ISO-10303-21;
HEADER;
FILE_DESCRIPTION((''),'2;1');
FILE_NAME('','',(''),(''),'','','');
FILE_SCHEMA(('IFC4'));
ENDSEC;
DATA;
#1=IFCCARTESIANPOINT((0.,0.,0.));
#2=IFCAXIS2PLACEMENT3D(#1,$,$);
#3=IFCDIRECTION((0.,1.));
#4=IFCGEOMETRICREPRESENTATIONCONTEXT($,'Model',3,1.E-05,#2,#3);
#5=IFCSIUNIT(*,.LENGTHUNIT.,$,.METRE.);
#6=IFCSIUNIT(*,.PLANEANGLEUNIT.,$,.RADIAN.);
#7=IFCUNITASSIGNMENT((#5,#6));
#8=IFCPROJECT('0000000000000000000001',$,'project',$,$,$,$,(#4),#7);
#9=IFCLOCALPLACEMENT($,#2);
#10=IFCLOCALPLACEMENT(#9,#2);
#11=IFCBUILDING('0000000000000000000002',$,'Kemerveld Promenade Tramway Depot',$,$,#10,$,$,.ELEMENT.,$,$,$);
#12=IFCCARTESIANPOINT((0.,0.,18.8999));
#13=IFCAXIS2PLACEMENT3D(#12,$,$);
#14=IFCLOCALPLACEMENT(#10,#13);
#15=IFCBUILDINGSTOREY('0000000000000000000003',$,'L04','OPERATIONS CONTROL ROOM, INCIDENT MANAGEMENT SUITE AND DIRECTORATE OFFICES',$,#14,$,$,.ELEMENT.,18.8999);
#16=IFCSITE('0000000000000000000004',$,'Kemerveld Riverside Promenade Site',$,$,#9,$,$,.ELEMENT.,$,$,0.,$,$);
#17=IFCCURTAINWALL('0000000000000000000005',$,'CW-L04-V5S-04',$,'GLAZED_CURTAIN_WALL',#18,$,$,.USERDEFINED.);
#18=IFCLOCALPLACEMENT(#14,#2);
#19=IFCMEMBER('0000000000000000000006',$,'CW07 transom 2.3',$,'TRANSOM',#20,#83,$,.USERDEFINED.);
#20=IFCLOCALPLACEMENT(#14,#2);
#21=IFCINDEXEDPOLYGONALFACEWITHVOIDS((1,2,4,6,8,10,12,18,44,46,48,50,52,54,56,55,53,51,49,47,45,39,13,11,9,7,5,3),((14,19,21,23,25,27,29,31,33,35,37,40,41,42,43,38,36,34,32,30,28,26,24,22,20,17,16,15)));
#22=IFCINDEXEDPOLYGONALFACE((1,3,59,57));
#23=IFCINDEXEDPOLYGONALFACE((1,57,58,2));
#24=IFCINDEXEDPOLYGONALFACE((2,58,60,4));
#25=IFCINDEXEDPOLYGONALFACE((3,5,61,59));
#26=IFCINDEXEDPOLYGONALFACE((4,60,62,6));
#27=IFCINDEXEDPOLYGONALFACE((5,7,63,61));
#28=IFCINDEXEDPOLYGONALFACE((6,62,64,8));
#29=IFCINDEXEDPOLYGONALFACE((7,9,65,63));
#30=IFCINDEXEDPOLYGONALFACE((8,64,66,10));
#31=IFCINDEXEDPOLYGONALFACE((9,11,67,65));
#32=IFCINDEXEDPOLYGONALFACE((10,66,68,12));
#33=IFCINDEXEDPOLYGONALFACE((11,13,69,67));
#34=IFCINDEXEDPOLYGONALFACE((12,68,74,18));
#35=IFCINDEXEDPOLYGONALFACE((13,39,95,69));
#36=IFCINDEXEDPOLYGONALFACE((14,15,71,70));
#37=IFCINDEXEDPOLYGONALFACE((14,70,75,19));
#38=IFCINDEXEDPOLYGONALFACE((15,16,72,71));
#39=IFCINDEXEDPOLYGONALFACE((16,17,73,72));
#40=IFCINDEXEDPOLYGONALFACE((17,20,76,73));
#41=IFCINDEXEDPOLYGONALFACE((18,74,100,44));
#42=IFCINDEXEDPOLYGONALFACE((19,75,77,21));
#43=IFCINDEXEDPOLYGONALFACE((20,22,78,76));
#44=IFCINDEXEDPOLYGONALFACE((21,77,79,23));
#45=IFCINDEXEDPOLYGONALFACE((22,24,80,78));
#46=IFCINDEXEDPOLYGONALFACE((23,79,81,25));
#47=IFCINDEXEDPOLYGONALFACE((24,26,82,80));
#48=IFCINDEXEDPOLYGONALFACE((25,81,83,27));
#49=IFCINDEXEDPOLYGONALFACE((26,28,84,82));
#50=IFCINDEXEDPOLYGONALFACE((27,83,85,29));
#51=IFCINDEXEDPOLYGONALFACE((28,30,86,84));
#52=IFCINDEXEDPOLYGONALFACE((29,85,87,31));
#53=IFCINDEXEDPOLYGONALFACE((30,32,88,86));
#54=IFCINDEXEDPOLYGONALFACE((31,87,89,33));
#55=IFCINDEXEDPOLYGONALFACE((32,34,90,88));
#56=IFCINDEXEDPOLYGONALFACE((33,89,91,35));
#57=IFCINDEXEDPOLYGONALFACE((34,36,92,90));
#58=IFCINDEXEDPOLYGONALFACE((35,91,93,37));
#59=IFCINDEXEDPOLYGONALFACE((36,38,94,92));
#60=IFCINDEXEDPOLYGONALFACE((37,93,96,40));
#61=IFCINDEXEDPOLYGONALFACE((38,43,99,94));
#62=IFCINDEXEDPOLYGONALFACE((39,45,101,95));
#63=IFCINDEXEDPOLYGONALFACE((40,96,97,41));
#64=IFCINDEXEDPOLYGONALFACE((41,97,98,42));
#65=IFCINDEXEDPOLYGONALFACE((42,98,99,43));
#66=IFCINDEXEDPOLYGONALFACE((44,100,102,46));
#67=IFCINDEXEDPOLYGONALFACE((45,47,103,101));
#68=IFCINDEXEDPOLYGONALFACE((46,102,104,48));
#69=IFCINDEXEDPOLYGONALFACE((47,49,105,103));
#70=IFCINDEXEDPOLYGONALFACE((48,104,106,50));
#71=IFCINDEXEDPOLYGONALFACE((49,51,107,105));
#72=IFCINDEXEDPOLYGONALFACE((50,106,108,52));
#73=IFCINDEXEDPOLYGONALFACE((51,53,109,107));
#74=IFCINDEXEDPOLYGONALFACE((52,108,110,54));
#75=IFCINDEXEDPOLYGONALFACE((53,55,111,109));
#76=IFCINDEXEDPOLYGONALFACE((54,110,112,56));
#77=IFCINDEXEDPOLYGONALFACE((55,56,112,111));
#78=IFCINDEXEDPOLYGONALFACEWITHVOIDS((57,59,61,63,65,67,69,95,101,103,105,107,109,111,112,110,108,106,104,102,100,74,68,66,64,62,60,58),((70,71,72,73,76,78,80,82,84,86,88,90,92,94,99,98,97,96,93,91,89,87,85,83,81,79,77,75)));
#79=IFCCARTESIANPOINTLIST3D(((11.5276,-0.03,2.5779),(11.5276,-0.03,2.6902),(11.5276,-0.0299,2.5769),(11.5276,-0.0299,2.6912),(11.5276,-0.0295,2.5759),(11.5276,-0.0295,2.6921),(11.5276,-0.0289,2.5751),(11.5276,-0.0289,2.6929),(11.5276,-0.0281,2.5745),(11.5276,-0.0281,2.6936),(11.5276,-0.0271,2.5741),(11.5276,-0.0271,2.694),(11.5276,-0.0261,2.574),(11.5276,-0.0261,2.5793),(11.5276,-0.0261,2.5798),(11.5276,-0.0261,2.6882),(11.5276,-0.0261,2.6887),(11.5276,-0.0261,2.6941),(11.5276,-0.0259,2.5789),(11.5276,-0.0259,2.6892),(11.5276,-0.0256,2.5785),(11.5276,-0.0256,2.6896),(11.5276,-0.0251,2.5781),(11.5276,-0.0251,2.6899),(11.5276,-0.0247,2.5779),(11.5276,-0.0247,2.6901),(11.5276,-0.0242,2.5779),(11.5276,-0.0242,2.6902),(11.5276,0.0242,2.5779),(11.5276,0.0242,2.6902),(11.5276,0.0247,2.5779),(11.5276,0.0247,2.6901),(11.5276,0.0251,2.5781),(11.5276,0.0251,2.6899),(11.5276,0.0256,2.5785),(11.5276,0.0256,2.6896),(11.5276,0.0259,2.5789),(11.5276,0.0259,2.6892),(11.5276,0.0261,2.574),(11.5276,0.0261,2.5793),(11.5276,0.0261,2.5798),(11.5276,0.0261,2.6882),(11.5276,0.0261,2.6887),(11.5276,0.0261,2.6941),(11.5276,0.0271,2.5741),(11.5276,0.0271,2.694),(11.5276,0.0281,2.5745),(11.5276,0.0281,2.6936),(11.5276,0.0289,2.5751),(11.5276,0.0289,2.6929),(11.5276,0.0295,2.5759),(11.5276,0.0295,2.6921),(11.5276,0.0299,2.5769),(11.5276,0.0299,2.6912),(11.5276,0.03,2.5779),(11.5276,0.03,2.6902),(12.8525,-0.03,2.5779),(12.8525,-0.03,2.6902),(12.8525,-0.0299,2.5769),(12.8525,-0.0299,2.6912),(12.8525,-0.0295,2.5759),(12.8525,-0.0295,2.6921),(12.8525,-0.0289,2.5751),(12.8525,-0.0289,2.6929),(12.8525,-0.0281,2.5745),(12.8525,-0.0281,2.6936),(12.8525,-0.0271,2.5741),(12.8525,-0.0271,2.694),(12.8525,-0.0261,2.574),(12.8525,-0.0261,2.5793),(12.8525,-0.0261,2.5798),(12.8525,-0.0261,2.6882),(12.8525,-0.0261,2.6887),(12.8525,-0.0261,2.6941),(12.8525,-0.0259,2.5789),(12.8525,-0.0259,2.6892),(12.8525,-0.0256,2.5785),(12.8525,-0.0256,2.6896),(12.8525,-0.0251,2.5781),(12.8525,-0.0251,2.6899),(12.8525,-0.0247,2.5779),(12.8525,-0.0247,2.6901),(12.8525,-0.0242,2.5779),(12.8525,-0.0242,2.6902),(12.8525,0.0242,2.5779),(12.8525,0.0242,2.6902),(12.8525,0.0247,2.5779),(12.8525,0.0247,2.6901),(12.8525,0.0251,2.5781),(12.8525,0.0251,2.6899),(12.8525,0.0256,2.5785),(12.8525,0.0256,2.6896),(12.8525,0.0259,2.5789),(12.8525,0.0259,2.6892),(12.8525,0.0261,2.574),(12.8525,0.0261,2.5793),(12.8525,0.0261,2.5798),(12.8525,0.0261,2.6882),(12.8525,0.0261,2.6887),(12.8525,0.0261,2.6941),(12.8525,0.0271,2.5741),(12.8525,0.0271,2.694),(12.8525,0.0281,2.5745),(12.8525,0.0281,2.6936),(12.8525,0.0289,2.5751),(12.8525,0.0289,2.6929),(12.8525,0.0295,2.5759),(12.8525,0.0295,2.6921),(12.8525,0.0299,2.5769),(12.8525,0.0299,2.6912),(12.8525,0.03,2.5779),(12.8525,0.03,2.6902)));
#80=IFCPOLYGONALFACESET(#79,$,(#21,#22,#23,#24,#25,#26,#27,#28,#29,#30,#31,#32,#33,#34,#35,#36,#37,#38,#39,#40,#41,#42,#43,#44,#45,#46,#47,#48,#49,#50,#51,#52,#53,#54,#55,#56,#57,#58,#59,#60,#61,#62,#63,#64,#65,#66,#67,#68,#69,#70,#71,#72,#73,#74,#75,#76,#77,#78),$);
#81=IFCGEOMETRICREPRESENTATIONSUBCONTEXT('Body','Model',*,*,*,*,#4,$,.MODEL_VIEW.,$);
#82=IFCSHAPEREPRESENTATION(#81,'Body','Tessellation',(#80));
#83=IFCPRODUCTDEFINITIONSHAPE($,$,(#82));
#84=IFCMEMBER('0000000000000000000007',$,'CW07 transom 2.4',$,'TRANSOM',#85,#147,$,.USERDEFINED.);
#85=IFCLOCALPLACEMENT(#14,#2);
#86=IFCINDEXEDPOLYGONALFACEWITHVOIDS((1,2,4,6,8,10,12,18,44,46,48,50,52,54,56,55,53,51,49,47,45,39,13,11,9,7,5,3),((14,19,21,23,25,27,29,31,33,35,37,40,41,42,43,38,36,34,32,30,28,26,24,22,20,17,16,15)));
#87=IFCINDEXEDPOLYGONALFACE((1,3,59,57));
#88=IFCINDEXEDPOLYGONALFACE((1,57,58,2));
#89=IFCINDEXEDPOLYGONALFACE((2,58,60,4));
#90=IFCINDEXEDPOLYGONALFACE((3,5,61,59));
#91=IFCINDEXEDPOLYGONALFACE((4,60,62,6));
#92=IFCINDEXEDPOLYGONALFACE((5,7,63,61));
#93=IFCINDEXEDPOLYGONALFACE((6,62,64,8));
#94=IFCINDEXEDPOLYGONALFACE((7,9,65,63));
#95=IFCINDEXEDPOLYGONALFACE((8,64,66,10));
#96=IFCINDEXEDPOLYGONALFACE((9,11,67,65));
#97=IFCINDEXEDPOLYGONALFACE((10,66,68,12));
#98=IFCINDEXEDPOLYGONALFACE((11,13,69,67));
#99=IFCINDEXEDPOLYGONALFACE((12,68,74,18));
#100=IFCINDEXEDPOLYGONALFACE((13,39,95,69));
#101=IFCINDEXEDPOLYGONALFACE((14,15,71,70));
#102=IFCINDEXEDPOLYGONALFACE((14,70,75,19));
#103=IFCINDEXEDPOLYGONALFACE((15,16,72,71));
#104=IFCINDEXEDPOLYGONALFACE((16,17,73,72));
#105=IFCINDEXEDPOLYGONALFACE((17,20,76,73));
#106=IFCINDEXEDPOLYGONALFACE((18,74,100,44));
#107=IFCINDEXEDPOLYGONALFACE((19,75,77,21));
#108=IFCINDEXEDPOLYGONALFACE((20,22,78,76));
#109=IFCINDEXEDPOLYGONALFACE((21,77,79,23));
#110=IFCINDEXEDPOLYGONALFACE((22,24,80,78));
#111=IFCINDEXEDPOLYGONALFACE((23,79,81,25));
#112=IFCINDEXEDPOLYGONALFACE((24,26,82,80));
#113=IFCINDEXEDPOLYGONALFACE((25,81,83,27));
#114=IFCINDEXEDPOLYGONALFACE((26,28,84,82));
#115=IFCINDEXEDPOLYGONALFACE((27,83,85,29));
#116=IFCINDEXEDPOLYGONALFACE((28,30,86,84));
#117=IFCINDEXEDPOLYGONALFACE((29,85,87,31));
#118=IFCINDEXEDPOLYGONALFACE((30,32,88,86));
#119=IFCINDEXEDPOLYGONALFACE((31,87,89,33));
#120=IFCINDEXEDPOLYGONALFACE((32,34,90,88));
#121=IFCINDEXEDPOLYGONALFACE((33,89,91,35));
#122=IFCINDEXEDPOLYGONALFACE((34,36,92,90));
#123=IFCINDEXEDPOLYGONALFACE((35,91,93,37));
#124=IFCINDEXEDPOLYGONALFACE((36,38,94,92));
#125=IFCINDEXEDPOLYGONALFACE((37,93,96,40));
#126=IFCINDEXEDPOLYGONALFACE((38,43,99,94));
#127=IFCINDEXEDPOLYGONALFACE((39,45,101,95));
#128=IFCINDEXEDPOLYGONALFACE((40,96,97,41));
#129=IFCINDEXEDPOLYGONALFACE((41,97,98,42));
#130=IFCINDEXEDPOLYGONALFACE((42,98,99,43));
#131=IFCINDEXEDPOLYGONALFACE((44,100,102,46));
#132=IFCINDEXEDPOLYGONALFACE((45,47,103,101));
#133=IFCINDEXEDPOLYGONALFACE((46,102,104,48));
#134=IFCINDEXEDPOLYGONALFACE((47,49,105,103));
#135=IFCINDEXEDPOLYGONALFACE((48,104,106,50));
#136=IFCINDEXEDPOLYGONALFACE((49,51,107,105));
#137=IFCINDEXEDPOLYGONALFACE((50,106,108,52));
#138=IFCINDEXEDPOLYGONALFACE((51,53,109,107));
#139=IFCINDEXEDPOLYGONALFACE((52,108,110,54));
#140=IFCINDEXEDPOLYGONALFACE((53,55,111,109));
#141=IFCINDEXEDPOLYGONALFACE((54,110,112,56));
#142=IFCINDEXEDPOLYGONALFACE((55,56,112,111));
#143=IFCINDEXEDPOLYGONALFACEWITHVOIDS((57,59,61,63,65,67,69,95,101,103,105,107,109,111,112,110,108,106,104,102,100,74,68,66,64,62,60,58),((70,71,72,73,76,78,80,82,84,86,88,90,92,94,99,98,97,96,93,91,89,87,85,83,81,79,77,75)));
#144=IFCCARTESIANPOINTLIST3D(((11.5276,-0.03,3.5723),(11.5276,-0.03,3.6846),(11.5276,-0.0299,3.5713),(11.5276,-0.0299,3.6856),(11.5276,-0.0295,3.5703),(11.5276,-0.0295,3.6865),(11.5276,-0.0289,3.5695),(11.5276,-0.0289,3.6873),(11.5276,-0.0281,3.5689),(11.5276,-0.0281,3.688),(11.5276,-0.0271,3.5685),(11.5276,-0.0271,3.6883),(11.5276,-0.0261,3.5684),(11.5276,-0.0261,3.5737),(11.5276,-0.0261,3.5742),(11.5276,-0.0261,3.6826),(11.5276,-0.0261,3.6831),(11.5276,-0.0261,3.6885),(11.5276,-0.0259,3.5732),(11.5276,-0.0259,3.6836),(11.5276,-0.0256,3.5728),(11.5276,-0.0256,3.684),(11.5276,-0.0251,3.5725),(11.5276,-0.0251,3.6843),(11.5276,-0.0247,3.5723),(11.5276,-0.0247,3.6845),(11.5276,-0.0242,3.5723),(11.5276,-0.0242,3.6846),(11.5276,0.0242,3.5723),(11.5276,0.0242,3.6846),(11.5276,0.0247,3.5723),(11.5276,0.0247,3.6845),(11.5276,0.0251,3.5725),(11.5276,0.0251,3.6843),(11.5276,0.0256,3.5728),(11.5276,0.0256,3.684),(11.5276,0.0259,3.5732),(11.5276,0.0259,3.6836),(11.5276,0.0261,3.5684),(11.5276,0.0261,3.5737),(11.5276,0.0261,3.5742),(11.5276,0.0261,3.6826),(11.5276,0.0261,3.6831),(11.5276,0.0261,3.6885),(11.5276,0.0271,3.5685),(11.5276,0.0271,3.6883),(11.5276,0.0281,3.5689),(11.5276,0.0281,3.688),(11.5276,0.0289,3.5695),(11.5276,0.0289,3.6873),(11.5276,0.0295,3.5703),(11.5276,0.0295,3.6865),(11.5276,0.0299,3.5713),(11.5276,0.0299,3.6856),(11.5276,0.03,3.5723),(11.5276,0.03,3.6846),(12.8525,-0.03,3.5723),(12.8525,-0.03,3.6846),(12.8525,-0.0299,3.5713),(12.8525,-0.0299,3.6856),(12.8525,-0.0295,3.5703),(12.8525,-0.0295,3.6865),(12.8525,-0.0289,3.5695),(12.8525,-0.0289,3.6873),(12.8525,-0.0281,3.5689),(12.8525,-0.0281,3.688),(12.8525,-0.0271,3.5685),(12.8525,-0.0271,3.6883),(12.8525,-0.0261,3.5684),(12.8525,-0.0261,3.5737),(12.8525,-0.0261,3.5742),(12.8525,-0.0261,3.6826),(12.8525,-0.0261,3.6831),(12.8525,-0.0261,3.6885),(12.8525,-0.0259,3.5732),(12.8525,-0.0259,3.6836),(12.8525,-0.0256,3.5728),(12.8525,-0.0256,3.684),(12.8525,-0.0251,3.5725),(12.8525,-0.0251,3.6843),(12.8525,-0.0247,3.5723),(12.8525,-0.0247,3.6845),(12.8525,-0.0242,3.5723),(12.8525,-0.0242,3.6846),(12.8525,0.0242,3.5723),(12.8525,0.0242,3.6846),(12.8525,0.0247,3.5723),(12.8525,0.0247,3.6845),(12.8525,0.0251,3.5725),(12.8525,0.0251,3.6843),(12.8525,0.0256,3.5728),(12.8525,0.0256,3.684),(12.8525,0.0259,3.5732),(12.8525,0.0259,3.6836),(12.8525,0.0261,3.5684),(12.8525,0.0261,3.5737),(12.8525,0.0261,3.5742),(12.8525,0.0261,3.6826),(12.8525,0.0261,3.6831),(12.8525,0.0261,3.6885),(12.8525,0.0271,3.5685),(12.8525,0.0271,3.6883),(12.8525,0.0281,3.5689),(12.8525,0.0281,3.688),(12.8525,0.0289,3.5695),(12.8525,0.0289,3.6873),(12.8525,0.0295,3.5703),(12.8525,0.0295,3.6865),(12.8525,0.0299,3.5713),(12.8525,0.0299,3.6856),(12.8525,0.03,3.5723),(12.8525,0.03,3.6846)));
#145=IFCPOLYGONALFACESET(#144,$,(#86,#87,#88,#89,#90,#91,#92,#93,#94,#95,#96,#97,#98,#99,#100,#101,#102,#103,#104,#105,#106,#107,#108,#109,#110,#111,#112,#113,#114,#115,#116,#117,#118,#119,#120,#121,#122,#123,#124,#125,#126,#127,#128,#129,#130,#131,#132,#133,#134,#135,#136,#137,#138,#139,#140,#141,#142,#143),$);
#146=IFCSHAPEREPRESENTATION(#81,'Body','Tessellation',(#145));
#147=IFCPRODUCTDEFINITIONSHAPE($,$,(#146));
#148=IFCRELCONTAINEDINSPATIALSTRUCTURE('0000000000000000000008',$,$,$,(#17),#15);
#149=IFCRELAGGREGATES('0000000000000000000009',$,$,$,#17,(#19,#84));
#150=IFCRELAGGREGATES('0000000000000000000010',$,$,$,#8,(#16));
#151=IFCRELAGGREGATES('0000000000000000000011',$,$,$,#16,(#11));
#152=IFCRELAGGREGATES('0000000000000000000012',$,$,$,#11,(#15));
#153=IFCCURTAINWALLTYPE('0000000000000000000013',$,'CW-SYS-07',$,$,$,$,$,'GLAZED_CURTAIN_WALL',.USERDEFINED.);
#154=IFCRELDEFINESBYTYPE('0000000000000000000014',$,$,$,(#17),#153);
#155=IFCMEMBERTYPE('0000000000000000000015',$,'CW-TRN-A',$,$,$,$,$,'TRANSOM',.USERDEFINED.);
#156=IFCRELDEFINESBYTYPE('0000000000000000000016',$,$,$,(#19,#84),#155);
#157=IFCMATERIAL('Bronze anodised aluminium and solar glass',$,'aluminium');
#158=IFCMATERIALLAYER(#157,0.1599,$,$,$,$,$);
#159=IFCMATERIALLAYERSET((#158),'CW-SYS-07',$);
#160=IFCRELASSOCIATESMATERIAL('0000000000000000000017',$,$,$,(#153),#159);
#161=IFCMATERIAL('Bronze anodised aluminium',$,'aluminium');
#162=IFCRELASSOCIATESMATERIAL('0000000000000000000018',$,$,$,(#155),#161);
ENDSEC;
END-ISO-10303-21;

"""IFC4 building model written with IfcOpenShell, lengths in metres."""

from ifc_helpers import new_model, si_unit, direction, frame, origin, origin_2d, place, context, subcontext, project, spatial, hollow_rectangle, extrude, material, layer, layer_set, material_profile, profile_set, type_object, element, aggregate, save


model = new_model("IFC4")

# Units and contexts
model_context = context("Model", 3, precision=1e-05, world=origin(), true_north=direction((0.0, 1.0)))
body_context = subcontext(model_context, "Body", "Model", "MODEL_VIEW")
ifc_project = project(units=[si_unit("LENGTHUNIT", "METRE"), si_unit("PLANEANGLEUNIT", "RADIAN")], contexts=[model_context])

# Site, building, storey
site_placement = place(None, origin())
site = spatial("IfcSite", under=ifc_project, at=site_placement, Name="Kemerveld Riverside Promenade Site", CompositionType="ELEMENT", RefElevation=0.0)
building_placement = place(site_placement, origin())
building = spatial("IfcBuilding", under=site, at=building_placement, Name="Kemerveld Promenade Tramway Depot", CompositionType="ELEMENT")
storey_placement = place(building_placement, frame((0.0, 0.0, 18.8999)))
storey = spatial("IfcBuildingStorey", under=building, at=storey_placement, Name="L04", Description="OPERATIONS CONTROL ROOM, INCIDENT MANAGEMENT SUITE AND DIRECTORATE OFFICES", CompositionType="ELEMENT", Elevation=18.8999)

# Curtain wall, members
ifc_material_1 = material(Name="Bronze anodised aluminium and solar glass", Category="aluminium")
ifc_layer_1 = layer(ifc_material_1, 0.1599)
ifc_layer_set_1 = layer_set([ifc_layer_1], Name="CW-SYS-07")
curtain_wall_type = type_object("IfcCurtainWallType", Name="CW-SYS-07", ElementType="GLAZED_CURTAIN_WALL", PredefinedType="USERDEFINED", material=ifc_layer_set_1)
curtain_wall_placement = place(storey_placement, origin())
curtain_wall = element("IfcCurtainWall", 1, at=curtain_wall_placement, inside=storey, type_object=curtain_wall_type, Name="CW-L04-V5S-04", ObjectType="GLAZED_CURTAIN_WALL", PredefinedType="USERDEFINED")
ifc_material_2 = material(Name="Bronze anodised aluminium", Category="aluminium")
ifc_material_profile_1 = material_profile(ifc_material_2, hollow_rectangle(XDim=0.0601, YDim=0.1201, WallThickness=0.0039, InnerFilletRadius=0.002, OuterFilletRadius=0.0039, at=origin_2d()), Name="CW-TRN-120x60")
ifc_profile_set_1 = profile_set([ifc_material_profile_1], Name="Bronze anodised aluminium")
member_type_1 = type_object("IfcMemberType", Name="CW-TRN-A", ElementType="TRANSOM", PredefinedType="USERDEFINED", material=ifc_profile_set_1)
member_1_placement = place(storey_placement, frame((12.8525, 0.0, 2.634), z_axis=(-1.0, 0.0, 0.0), x_axis=(0.0, -1.0, 0.0)))
member_1 = element("IfcMember", 2, at=member_1_placement, type_object=member_type_1, Name="CW07 transom 2.3", ObjectType="TRANSOM", PredefinedType="USERDEFINED", context=body_context, shape_type="SweptSolid", body=[
    extrude(hollow_rectangle(XDim=0.0601, YDim=0.1201, WallThickness=0.0039, InnerFilletRadius=0.002, OuterFilletRadius=0.0039, at=origin_2d()), origin(), (0.0, 0.0, 1.0), 1.325),
])
member_2_placement = place(storey_placement, frame((12.8525, 0.0, 3.6284), z_axis=(-1.0, 0.0, 0.0), x_axis=(0.0, -1.0, 0.0)))
member_2 = element("IfcMember", 3, at=member_2_placement, type_object=member_type_1, Name="CW07 transom 2.4", ObjectType="TRANSOM", PredefinedType="USERDEFINED", context=body_context, shape_type="SweptSolid", body=[
    extrude(hollow_rectangle(XDim=0.0601, YDim=0.1201, WallThickness=0.0039, InnerFilletRadius=0.002, OuterFilletRadius=0.0039, at=origin_2d()), origin(), (0.0, 0.0, 1.0), 1.325),
])

aggregate(curtain_wall, [member_1, member_2])

save(model, "model.ifc")
